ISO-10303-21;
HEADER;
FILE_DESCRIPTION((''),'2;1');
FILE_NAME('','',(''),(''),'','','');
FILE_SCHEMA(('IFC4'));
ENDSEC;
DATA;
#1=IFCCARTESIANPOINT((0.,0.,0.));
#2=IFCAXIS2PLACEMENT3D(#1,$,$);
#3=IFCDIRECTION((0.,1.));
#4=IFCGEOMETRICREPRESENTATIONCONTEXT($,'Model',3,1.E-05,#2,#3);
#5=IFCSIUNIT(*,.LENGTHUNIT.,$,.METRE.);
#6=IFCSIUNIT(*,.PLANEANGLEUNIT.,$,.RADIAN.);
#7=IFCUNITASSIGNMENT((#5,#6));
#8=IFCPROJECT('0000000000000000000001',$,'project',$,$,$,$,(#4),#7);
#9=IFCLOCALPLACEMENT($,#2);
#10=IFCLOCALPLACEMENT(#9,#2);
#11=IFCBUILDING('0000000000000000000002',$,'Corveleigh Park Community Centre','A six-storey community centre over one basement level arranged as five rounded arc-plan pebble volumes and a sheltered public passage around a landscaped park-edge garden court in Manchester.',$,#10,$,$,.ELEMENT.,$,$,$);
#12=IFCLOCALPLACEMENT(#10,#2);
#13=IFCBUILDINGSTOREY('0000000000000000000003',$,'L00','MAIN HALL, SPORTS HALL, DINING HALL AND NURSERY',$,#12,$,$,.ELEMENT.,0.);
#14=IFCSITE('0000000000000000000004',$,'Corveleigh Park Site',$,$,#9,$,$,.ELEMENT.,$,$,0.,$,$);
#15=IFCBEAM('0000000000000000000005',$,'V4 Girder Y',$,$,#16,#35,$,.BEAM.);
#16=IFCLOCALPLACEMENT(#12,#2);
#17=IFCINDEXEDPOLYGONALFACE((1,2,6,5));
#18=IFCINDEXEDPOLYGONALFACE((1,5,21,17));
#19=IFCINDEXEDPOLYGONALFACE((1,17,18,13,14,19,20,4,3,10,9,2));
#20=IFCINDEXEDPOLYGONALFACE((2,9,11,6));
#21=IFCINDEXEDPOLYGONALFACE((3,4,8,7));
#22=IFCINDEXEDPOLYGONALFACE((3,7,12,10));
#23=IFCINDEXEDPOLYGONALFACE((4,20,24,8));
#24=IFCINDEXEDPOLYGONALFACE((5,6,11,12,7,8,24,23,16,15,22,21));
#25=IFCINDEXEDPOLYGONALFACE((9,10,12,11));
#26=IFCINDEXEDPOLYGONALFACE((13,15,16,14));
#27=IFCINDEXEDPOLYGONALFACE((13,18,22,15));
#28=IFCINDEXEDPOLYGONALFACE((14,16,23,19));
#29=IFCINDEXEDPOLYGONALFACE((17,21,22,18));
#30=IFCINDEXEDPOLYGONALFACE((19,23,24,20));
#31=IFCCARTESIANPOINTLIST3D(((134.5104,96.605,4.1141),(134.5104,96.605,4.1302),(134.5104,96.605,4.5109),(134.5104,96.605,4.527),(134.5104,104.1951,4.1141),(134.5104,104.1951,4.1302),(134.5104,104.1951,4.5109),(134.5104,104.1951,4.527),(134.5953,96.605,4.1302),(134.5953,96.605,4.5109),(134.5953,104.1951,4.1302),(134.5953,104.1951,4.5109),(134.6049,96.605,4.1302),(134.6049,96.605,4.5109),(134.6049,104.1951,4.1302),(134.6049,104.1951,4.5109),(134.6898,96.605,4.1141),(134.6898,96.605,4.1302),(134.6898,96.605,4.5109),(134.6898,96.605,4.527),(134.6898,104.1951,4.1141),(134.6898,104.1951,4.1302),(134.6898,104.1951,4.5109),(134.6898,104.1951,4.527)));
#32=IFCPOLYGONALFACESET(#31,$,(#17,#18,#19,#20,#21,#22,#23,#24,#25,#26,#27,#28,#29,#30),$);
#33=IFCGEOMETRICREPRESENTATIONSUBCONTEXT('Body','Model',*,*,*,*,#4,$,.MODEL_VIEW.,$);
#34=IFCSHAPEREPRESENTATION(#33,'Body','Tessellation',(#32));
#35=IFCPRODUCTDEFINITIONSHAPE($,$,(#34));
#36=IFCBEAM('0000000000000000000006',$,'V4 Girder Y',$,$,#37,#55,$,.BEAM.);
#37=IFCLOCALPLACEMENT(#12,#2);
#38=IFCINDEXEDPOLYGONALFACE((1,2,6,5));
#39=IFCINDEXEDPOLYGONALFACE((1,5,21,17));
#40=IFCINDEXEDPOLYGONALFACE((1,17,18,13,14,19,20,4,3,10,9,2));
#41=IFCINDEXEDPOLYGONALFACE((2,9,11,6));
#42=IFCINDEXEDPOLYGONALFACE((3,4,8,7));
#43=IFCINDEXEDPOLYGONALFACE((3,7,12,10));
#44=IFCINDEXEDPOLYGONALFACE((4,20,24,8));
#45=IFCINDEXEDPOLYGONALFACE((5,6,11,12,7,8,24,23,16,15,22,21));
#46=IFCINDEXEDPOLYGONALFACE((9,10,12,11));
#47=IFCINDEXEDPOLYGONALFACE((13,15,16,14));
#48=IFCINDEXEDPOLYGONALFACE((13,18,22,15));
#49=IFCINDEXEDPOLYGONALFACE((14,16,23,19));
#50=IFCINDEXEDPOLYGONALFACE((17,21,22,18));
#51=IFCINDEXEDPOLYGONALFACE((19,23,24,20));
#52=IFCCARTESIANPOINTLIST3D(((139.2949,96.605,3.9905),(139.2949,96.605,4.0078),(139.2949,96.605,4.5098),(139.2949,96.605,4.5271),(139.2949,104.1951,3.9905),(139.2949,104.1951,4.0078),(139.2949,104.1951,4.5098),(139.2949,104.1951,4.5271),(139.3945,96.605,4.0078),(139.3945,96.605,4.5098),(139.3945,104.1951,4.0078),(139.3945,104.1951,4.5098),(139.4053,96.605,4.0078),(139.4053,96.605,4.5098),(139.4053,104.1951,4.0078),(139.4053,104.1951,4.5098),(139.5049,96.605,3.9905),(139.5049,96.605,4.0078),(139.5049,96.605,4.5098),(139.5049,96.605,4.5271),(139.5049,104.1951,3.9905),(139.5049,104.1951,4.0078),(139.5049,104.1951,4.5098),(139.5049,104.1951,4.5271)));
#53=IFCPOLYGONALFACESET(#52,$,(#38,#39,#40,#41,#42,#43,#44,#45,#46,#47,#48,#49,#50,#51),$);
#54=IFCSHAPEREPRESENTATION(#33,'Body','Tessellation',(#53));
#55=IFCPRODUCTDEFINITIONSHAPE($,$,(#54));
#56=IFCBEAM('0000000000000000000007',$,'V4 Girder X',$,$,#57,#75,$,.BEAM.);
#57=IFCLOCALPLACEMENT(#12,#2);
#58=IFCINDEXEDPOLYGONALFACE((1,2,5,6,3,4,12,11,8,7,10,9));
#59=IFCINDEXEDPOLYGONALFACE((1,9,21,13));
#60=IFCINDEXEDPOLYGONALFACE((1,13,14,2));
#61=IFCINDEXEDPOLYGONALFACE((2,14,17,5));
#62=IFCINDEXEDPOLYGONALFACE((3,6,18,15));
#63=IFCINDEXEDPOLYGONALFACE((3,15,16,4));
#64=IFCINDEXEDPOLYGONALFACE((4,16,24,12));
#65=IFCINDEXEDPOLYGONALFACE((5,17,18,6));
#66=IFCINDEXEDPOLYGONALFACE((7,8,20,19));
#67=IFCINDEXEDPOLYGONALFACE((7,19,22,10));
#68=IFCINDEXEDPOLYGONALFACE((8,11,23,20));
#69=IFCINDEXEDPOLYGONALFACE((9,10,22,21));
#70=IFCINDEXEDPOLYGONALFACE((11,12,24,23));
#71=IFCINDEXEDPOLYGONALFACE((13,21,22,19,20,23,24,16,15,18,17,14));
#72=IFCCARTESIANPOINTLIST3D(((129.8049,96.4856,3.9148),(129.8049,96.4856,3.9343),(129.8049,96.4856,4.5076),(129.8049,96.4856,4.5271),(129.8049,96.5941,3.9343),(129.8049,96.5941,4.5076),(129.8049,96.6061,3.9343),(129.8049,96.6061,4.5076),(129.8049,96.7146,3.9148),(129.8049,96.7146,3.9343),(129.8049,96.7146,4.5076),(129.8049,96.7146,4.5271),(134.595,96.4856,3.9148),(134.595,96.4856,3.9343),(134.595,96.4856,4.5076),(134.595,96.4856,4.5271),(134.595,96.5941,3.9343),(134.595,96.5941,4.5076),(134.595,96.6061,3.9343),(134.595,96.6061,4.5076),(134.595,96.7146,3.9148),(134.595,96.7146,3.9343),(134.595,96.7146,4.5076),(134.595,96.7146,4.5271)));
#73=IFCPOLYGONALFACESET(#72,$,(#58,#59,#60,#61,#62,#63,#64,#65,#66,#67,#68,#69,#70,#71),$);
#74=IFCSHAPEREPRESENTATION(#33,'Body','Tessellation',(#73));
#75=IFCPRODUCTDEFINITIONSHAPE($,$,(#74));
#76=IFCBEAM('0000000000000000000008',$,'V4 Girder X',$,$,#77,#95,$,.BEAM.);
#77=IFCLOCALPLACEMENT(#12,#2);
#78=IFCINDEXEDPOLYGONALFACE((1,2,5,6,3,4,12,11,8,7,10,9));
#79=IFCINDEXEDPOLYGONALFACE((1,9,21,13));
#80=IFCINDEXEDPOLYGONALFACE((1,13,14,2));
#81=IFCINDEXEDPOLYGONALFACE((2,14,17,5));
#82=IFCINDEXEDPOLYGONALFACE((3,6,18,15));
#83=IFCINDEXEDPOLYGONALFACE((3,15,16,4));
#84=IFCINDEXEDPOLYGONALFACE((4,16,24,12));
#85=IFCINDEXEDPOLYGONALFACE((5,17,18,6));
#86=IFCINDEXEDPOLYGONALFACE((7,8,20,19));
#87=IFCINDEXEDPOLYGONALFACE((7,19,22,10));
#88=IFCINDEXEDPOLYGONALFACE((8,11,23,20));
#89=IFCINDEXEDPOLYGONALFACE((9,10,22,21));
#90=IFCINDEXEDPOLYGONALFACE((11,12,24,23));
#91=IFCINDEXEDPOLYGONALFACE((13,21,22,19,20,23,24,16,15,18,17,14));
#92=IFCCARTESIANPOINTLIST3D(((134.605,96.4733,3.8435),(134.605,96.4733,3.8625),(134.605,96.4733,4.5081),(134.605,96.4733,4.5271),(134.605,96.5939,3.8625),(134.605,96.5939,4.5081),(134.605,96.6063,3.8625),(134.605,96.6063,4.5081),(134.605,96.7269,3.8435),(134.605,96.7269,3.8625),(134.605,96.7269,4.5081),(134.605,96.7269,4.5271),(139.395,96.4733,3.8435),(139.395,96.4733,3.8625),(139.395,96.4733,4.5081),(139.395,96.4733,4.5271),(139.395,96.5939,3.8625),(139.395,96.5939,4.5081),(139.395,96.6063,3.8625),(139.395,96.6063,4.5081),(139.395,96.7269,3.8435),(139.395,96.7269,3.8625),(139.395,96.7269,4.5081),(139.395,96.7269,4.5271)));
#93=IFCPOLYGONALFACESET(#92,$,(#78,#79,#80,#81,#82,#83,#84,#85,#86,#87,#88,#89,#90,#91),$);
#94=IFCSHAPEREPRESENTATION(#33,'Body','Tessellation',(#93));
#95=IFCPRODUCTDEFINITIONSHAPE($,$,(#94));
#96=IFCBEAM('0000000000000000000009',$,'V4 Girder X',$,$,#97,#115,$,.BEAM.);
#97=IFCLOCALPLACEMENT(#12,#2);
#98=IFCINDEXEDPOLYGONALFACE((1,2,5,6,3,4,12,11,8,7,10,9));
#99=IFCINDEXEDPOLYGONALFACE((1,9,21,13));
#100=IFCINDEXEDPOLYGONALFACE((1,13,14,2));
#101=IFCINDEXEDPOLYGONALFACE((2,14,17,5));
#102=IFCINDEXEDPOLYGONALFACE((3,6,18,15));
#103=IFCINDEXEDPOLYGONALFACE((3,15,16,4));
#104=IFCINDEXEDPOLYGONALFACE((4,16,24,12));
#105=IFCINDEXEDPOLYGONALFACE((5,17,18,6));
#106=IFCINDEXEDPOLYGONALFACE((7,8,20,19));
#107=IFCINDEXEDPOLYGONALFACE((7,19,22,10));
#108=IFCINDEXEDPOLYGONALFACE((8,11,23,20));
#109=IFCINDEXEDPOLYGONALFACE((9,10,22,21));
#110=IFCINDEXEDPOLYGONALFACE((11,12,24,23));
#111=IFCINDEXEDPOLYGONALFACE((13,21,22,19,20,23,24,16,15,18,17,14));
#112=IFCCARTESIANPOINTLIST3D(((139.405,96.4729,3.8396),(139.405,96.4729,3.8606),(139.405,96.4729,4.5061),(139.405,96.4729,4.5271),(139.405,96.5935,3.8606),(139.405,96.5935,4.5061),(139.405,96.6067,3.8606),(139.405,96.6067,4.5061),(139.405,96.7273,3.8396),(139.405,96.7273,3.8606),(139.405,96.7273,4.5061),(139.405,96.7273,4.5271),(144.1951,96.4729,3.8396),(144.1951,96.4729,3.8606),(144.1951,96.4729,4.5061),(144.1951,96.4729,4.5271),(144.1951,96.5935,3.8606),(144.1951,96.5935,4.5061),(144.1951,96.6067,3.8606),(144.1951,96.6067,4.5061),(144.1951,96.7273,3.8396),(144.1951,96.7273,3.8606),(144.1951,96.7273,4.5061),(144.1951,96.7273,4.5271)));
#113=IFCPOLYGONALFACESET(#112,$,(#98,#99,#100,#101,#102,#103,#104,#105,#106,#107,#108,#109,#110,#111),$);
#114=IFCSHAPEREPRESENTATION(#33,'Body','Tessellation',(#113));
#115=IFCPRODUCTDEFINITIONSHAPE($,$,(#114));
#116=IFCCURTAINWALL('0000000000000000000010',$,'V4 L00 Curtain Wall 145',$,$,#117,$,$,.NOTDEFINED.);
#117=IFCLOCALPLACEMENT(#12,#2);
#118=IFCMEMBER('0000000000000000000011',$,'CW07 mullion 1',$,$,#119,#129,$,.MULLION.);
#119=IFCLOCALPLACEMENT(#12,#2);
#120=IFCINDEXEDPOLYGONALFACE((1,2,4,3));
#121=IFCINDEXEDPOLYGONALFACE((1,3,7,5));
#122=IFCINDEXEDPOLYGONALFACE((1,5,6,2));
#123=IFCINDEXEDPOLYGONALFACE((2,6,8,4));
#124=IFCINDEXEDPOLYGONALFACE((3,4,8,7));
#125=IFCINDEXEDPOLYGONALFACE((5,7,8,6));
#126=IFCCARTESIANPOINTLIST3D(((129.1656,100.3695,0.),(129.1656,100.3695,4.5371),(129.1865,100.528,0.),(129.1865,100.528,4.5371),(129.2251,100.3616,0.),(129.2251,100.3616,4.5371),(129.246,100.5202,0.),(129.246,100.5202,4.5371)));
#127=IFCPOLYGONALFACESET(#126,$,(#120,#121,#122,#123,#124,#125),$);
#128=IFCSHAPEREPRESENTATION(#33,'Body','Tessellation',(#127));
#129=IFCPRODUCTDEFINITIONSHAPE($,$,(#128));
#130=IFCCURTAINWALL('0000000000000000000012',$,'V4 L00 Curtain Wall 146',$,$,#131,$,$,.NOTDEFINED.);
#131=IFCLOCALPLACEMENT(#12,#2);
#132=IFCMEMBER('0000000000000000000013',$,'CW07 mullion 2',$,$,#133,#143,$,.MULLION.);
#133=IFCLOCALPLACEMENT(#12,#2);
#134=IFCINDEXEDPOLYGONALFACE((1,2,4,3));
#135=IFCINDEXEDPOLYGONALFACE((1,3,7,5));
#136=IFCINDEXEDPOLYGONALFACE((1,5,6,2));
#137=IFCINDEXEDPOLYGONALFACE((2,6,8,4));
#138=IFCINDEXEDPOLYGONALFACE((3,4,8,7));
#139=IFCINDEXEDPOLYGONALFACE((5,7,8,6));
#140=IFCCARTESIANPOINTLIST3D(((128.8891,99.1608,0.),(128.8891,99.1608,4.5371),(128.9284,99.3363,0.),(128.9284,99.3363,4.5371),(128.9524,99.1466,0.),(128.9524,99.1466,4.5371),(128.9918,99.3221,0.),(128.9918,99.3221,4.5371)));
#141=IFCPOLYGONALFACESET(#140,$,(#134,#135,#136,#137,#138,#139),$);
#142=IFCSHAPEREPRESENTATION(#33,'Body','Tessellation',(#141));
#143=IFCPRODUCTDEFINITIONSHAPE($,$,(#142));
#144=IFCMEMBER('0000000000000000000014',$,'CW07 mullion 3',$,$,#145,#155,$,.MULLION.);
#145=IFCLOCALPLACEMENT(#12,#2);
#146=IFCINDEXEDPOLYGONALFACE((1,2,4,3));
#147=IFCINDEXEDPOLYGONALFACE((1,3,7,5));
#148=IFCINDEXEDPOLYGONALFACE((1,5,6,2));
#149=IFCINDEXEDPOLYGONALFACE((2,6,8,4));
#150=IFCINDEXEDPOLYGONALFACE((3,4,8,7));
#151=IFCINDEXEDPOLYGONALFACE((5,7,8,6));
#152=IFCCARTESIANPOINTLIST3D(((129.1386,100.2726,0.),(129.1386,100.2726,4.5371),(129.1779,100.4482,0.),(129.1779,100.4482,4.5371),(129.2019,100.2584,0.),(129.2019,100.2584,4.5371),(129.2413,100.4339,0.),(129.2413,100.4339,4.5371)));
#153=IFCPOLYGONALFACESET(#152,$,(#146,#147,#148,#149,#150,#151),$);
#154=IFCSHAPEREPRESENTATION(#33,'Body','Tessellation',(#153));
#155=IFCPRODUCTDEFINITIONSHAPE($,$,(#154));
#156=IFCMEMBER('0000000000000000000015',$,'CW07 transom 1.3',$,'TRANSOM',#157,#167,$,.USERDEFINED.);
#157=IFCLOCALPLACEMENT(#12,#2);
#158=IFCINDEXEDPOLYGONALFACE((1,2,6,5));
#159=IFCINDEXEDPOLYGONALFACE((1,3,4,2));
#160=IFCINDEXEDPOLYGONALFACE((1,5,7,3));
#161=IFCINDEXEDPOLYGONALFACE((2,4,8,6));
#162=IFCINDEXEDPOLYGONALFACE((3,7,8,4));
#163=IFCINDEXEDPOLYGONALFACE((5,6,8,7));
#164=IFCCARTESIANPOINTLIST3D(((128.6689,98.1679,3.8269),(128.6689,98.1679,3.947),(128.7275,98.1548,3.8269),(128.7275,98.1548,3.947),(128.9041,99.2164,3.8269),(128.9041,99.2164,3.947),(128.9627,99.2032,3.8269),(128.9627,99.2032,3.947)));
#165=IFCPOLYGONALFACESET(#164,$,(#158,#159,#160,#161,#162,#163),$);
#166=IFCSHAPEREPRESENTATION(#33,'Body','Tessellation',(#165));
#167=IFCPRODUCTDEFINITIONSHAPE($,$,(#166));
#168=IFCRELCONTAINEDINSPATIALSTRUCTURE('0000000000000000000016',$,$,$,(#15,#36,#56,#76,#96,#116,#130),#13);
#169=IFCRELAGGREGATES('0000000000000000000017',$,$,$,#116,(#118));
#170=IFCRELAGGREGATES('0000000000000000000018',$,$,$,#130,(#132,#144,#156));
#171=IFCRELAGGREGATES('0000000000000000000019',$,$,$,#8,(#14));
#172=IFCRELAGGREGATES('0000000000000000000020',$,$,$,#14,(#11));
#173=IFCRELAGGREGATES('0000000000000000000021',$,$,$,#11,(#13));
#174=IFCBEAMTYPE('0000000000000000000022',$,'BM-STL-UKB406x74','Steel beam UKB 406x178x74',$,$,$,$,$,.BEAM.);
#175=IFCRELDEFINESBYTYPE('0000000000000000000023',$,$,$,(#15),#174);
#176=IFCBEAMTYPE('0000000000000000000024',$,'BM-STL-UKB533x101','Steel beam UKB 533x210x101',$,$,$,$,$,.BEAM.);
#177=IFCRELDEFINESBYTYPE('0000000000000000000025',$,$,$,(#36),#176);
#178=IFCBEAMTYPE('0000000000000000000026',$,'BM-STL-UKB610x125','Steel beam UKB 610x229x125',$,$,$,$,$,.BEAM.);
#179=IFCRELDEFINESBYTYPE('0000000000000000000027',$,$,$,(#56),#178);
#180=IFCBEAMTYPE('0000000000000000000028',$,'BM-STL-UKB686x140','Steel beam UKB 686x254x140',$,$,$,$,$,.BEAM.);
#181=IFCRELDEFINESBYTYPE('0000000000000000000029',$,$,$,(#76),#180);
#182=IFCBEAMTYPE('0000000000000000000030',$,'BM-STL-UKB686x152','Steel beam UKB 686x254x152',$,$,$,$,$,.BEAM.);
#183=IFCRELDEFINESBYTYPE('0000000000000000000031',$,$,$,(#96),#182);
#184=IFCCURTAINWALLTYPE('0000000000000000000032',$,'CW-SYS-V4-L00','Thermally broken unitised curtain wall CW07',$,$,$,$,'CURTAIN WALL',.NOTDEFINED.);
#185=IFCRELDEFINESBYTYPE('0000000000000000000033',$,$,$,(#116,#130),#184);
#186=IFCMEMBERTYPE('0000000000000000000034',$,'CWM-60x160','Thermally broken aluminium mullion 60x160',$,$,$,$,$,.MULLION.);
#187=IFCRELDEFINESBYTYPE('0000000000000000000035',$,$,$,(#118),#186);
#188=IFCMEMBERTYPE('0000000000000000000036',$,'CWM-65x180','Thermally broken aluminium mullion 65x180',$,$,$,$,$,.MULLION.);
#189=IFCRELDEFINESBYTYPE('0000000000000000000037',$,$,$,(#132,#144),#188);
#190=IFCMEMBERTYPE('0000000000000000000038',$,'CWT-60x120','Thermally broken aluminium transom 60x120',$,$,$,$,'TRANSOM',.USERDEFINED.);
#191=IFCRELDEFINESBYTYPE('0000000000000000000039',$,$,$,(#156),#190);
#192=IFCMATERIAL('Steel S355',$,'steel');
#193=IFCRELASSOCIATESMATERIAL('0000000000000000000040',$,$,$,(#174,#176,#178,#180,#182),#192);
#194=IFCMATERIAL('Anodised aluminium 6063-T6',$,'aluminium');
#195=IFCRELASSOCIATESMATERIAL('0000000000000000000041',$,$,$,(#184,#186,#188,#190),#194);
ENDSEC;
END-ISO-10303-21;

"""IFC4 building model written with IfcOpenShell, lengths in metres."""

from ifc_helpers import new_model, si_unit, direction, frame, origin, origin_2d, place, context, subcontext, project, spatial, rectangle, i_section, extrude, material, material_profile, profile_set, type_object, element, aggregate, save


model = new_model("IFC4")

# Units and contexts
model_context = context("Model", 3, precision=1e-05, world=origin(), true_north=direction((0.0, 1.0)))
body_context = subcontext(model_context, "Body", "Model", "MODEL_VIEW")
ifc_project = project(units=[si_unit("LENGTHUNIT", "METRE"), si_unit("PLANEANGLEUNIT", "RADIAN")], contexts=[model_context])

# Site, building, storey
site_placement = place(None, origin())
site = spatial("IfcSite", under=ifc_project, at=site_placement, Name="Corveleigh Park Site", CompositionType="ELEMENT", RefElevation=0.0)
building_placement = place(site_placement, origin())
building = spatial("IfcBuilding", under=site, at=building_placement, Name="Corveleigh Park Community Centre", Description="A six-storey community centre over one basement level arranged as five rounded arc-plan pebble volumes and a sheltered public passage around a landscaped park-edge garden court in Manchester.", CompositionType="ELEMENT")
storey_placement = place(building_placement, origin())
storey = spatial("IfcBuildingStorey", under=building, at=storey_placement, Name="L00", Description="MAIN HALL, SPORTS HALL, DINING HALL AND NURSERY", CompositionType="ELEMENT", Elevation=0.0)

# Shared definitions
ifc_material_1 = material(Name="Steel S355", Category="steel")

# Beams
ifc_material_profile_1 = material_profile(ifc_material_1, i_section(OverallWidth=0.1794, OverallDepth=0.4128, WebThickness=0.0095, FlangeThickness=0.0161, at=origin_2d()), Name="UKB 406x178x74", Category="steel")
ifc_profile_set_1 = profile_set([ifc_material_profile_1], Name="Steel S355")
beam_type_1 = type_object("IfcBeamType", Name="BM-STL-UKB406x74", Description="Steel beam UKB 406x178x74", PredefinedType="BEAM", material=ifc_profile_set_1)
beam_1_placement = place(storey_placement, frame((134.6001, 96.605, 4.3206), z_axis=(0.0, 1.0, 0.0), x_axis=(-1.0, 0.0, 0.0)))
element("IfcBeam", 1, at=beam_1_placement, inside=storey, type_object=beam_type_1, Name="V4 Girder Y", PredefinedType="BEAM", context=body_context, shape_type="SweptSolid", body=[
    extrude(i_section(OverallWidth=0.1794, OverallDepth=0.4128, WebThickness=0.0095, FlangeThickness=0.0161, at=origin_2d()), origin(), (0.0, 0.0, 1.0), 7.5901),
])
ifc_material_profile_2 = material_profile(ifc_material_1, i_section(OverallWidth=0.21, OverallDepth=0.5366, WebThickness=0.0107, FlangeThickness=0.0173, at=origin_2d()), Name="UKB 533x210x101", Category="steel")
ifc_profile_set_2 = profile_set([ifc_material_profile_2], Name="Steel S355")
beam_type_2 = type_object("IfcBeamType", Name="BM-STL-UKB533x101", Description="Steel beam UKB 533x210x101", PredefinedType="BEAM", material=ifc_profile_set_2)
beam_2_placement = place(storey_placement, frame((139.3999, 96.605, 4.2588), z_axis=(0.0, 1.0, 0.0), x_axis=(-1.0, 0.0, 0.0)))
element("IfcBeam", 2, at=beam_2_placement, inside=storey, type_object=beam_type_2, Name="V4 Girder Y", PredefinedType="BEAM", context=body_context, shape_type="SweptSolid", body=[
    extrude(i_section(OverallWidth=0.21, OverallDepth=0.5366, WebThickness=0.0107, FlangeThickness=0.0173, at=origin_2d()), origin(), (0.0, 0.0, 1.0), 7.5901),
])
ifc_material_profile_3 = material_profile(ifc_material_1, i_section(OverallWidth=0.229, OverallDepth=0.6123, WebThickness=0.012, FlangeThickness=0.0195, at=origin_2d()), Name="UKB 610x229x125", Category="steel")
ifc_profile_set_3 = profile_set([ifc_material_profile_3], Name="Steel S355")
beam_type_3 = type_object("IfcBeamType", Name="BM-STL-UKB610x125", Description="Steel beam UKB 610x229x125", PredefinedType="BEAM", material=ifc_profile_set_3)
beam_3_placement = place(storey_placement, frame((129.8049, 96.6001, 4.2209), z_axis=(1.0, 0.0, 0.0), x_axis=(0.0, 1.0, 0.0)))
element("IfcBeam", 3, at=beam_3_placement, inside=storey, type_object=beam_type_3, Name="V4 Girder X", PredefinedType="BEAM", context=body_context, shape_type="SweptSolid", body=[
    extrude(i_section(OverallWidth=0.229, OverallDepth=0.6123, WebThickness=0.012, FlangeThickness=0.0195, at=origin_2d()), origin(), (0.0, 0.0, 1.0), 4.79),
])
ifc_material_profile_4 = material_profile(ifc_material_1, i_section(OverallWidth=0.2537, OverallDepth=0.6836, WebThickness=0.0125, FlangeThickness=0.019, at=origin_2d()), Name="UKB 686x254x140", Category="steel")
ifc_profile_set_4 = profile_set([ifc_material_profile_4], Name="Steel S355")
beam_type_4 = type_object("IfcBeamType", Name="BM-STL-UKB686x140", Description="Steel beam UKB 686x254x140", PredefinedType="BEAM", material=ifc_profile_set_4)
beam_4_placement = place(storey_placement, frame((134.605, 96.6001, 4.1853), z_axis=(1.0, 0.0, 0.0), x_axis=(0.0, 1.0, 0.0)))
element("IfcBeam", 4, at=beam_4_placement, inside=storey, type_object=beam_type_4, Name="V4 Girder X", PredefinedType="BEAM", context=body_context, shape_type="SweptSolid", body=[
    extrude(i_section(OverallWidth=0.2537, OverallDepth=0.6836, WebThickness=0.0125, FlangeThickness=0.019, at=origin_2d()), origin(), (0.0, 0.0, 1.0), 4.79),
])
ifc_material_profile_5 = material_profile(ifc_material_1, i_section(OverallWidth=0.2544, OverallDepth=0.6875, WebThickness=0.0132, FlangeThickness=0.021, at=origin_2d()), Name="UKB 686x254x152", Category="steel")
ifc_profile_set_5 = profile_set([ifc_material_profile_5], Name="Steel S355")
beam_type_5 = type_object("IfcBeamType", Name="BM-STL-UKB686x152", Description="Steel beam UKB 686x254x152", PredefinedType="BEAM", material=ifc_profile_set_5)
beam_5_placement = place(storey_placement, frame((139.405, 96.6001, 4.1833), z_axis=(1.0, 0.0, 0.0), x_axis=(0.0, 1.0, 0.0)))
element("IfcBeam", 5, at=beam_5_placement, inside=storey, type_object=beam_type_5, Name="V4 Girder X", PredefinedType="BEAM", context=body_context, shape_type="SweptSolid", body=[
    extrude(i_section(OverallWidth=0.2544, OverallDepth=0.6875, WebThickness=0.0132, FlangeThickness=0.021, at=origin_2d()), origin(), (0.0, 0.0, 1.0), 4.79),
])

# Curtain wall, member
ifc_material_2 = material(Name="Anodised aluminium 6063-T6", Category="aluminium")
curtain_wall_type = type_object("IfcCurtainWallType", Name="CW-SYS-V4-L00", Description="Thermally broken unitised curtain wall CW07", ElementType="CURTAIN WALL", PredefinedType="NOTDEFINED", material=ifc_material_2)
curtain_wall_1_placement = place(storey_placement, origin())
curtain_wall_1 = element("IfcCurtainWall", 6, at=curtain_wall_1_placement, inside=storey, type_object=curtain_wall_type, Name="V4 L00 Curtain Wall 145", PredefinedType="NOTDEFINED")
ifc_material_profile_6 = material_profile(ifc_material_2, rectangle(XDim=0.0601, YDim=0.1599, at=origin_2d()), Name="ALU-M60x160", Category="aluminium")
ifc_profile_set_6 = profile_set([ifc_material_profile_6], Name="Anodised aluminium 6063-T6")
member_type_1 = type_object("IfcMemberType", Name="CWM-60x160", Description="Thermally broken aluminium mullion 60x160", PredefinedType="MULLION", material=ifc_profile_set_6)
member_1_placement = place(storey_placement, frame((129.2058, 100.4448, 0.0), z_axis=(0.0, 0.0, 1.0), x_axis=(-0.991429, 0.13065, 0.0)))
member_1 = element("IfcMember", 7, at=member_1_placement, type_object=member_type_1, Name="CW07 mullion 1", PredefinedType="MULLION", context=body_context, shape_type="SweptSolid", body=[
    extrude(rectangle(XDim=0.0601, YDim=0.1599, at=origin_2d()), origin(), (0.0, 0.0, 1.0), 4.5371),
])

# Curtain wall, members
curtain_wall_2_placement = place(storey_placement, origin())
curtain_wall_2 = element("IfcCurtainWall", 8, at=curtain_wall_2_placement, inside=storey, type_object=curtain_wall_type, Name="V4 L00 Curtain Wall 146", PredefinedType="NOTDEFINED")
ifc_material_profile_7 = material_profile(ifc_material_2, rectangle(XDim=0.0649, YDim=0.1799, at=origin_2d()), Name="ALU-M65x180", Category="aluminium")
ifc_profile_set_7 = profile_set([ifc_material_profile_7], Name="Anodised aluminium 6063-T6")
member_type_2 = type_object("IfcMemberType", Name="CWM-65x180", Description="Thermally broken aluminium mullion 65x180", PredefinedType="MULLION", material=ifc_profile_set_7)
member_2_placement = place(storey_placement, frame((128.9404, 99.2415, 0.0), z_axis=(0.0, 0.0, 1.0), x_axis=(-0.975753, 0.218873, 0.0)))
member_2 = element("IfcMember", 9, at=member_2_placement, type_object=member_type_2, Name="CW07 mullion 2", PredefinedType="MULLION", context=body_context, shape_type="SweptSolid", body=[
    extrude(rectangle(XDim=0.0649, YDim=0.1799, at=origin_2d()), origin(), (0.0, 0.0, 1.0), 4.5371),
])
member_3_placement = place(storey_placement, frame((129.1899, 100.3533, 0.0), z_axis=(0.0, 0.0, 1.0), x_axis=(-0.975753, 0.218873, 0.0)))
member_3 = element("IfcMember", 10, at=member_3_placement, type_object=member_type_2, Name="CW07 mullion 3", PredefinedType="MULLION", context=body_context, shape_type="SweptSolid", body=[
    extrude(rectangle(XDim=0.0649, YDim=0.1799, at=origin_2d()), origin(), (0.0, 0.0, 1.0), 4.5371),
])
ifc_material_profile_8 = material_profile(ifc_material_2, rectangle(XDim=0.0601, YDim=0.1201, at=origin_2d()), Name="ALU-T60x120", Category="aluminium")
ifc_profile_set_8 = profile_set([ifc_material_profile_8], Name="Anodised aluminium 6063-T6")
member_type_3 = type_object("IfcMemberType", Name="CWT-60x120", Description="Thermally broken aluminium transom 60x120", ElementType="TRANSOM", PredefinedType="USERDEFINED", material=ifc_profile_set_8)
member_4_placement = place(storey_placement, frame((128.6982, 98.1614, 3.887), z_axis=(0.218831, 0.975763, 0.0), x_axis=(-0.975763, 0.218831, 0.0)))
member_4 = element("IfcMember", 11, at=member_4_placement, type_object=member_type_3, Name="CW07 transom 1.3", ObjectType="TRANSOM", PredefinedType="USERDEFINED", context=body_context, shape_type="SweptSolid", body=[
    extrude(rectangle(XDim=0.0601, YDim=0.1201, at=origin_2d()), origin(), (0.0, 0.0, 1.0), 1.0745),
])

aggregate(curtain_wall_1, [member_1])

aggregate(curtain_wall_2, [member_2, member_3, member_4])

save(model, "model.ifc")
